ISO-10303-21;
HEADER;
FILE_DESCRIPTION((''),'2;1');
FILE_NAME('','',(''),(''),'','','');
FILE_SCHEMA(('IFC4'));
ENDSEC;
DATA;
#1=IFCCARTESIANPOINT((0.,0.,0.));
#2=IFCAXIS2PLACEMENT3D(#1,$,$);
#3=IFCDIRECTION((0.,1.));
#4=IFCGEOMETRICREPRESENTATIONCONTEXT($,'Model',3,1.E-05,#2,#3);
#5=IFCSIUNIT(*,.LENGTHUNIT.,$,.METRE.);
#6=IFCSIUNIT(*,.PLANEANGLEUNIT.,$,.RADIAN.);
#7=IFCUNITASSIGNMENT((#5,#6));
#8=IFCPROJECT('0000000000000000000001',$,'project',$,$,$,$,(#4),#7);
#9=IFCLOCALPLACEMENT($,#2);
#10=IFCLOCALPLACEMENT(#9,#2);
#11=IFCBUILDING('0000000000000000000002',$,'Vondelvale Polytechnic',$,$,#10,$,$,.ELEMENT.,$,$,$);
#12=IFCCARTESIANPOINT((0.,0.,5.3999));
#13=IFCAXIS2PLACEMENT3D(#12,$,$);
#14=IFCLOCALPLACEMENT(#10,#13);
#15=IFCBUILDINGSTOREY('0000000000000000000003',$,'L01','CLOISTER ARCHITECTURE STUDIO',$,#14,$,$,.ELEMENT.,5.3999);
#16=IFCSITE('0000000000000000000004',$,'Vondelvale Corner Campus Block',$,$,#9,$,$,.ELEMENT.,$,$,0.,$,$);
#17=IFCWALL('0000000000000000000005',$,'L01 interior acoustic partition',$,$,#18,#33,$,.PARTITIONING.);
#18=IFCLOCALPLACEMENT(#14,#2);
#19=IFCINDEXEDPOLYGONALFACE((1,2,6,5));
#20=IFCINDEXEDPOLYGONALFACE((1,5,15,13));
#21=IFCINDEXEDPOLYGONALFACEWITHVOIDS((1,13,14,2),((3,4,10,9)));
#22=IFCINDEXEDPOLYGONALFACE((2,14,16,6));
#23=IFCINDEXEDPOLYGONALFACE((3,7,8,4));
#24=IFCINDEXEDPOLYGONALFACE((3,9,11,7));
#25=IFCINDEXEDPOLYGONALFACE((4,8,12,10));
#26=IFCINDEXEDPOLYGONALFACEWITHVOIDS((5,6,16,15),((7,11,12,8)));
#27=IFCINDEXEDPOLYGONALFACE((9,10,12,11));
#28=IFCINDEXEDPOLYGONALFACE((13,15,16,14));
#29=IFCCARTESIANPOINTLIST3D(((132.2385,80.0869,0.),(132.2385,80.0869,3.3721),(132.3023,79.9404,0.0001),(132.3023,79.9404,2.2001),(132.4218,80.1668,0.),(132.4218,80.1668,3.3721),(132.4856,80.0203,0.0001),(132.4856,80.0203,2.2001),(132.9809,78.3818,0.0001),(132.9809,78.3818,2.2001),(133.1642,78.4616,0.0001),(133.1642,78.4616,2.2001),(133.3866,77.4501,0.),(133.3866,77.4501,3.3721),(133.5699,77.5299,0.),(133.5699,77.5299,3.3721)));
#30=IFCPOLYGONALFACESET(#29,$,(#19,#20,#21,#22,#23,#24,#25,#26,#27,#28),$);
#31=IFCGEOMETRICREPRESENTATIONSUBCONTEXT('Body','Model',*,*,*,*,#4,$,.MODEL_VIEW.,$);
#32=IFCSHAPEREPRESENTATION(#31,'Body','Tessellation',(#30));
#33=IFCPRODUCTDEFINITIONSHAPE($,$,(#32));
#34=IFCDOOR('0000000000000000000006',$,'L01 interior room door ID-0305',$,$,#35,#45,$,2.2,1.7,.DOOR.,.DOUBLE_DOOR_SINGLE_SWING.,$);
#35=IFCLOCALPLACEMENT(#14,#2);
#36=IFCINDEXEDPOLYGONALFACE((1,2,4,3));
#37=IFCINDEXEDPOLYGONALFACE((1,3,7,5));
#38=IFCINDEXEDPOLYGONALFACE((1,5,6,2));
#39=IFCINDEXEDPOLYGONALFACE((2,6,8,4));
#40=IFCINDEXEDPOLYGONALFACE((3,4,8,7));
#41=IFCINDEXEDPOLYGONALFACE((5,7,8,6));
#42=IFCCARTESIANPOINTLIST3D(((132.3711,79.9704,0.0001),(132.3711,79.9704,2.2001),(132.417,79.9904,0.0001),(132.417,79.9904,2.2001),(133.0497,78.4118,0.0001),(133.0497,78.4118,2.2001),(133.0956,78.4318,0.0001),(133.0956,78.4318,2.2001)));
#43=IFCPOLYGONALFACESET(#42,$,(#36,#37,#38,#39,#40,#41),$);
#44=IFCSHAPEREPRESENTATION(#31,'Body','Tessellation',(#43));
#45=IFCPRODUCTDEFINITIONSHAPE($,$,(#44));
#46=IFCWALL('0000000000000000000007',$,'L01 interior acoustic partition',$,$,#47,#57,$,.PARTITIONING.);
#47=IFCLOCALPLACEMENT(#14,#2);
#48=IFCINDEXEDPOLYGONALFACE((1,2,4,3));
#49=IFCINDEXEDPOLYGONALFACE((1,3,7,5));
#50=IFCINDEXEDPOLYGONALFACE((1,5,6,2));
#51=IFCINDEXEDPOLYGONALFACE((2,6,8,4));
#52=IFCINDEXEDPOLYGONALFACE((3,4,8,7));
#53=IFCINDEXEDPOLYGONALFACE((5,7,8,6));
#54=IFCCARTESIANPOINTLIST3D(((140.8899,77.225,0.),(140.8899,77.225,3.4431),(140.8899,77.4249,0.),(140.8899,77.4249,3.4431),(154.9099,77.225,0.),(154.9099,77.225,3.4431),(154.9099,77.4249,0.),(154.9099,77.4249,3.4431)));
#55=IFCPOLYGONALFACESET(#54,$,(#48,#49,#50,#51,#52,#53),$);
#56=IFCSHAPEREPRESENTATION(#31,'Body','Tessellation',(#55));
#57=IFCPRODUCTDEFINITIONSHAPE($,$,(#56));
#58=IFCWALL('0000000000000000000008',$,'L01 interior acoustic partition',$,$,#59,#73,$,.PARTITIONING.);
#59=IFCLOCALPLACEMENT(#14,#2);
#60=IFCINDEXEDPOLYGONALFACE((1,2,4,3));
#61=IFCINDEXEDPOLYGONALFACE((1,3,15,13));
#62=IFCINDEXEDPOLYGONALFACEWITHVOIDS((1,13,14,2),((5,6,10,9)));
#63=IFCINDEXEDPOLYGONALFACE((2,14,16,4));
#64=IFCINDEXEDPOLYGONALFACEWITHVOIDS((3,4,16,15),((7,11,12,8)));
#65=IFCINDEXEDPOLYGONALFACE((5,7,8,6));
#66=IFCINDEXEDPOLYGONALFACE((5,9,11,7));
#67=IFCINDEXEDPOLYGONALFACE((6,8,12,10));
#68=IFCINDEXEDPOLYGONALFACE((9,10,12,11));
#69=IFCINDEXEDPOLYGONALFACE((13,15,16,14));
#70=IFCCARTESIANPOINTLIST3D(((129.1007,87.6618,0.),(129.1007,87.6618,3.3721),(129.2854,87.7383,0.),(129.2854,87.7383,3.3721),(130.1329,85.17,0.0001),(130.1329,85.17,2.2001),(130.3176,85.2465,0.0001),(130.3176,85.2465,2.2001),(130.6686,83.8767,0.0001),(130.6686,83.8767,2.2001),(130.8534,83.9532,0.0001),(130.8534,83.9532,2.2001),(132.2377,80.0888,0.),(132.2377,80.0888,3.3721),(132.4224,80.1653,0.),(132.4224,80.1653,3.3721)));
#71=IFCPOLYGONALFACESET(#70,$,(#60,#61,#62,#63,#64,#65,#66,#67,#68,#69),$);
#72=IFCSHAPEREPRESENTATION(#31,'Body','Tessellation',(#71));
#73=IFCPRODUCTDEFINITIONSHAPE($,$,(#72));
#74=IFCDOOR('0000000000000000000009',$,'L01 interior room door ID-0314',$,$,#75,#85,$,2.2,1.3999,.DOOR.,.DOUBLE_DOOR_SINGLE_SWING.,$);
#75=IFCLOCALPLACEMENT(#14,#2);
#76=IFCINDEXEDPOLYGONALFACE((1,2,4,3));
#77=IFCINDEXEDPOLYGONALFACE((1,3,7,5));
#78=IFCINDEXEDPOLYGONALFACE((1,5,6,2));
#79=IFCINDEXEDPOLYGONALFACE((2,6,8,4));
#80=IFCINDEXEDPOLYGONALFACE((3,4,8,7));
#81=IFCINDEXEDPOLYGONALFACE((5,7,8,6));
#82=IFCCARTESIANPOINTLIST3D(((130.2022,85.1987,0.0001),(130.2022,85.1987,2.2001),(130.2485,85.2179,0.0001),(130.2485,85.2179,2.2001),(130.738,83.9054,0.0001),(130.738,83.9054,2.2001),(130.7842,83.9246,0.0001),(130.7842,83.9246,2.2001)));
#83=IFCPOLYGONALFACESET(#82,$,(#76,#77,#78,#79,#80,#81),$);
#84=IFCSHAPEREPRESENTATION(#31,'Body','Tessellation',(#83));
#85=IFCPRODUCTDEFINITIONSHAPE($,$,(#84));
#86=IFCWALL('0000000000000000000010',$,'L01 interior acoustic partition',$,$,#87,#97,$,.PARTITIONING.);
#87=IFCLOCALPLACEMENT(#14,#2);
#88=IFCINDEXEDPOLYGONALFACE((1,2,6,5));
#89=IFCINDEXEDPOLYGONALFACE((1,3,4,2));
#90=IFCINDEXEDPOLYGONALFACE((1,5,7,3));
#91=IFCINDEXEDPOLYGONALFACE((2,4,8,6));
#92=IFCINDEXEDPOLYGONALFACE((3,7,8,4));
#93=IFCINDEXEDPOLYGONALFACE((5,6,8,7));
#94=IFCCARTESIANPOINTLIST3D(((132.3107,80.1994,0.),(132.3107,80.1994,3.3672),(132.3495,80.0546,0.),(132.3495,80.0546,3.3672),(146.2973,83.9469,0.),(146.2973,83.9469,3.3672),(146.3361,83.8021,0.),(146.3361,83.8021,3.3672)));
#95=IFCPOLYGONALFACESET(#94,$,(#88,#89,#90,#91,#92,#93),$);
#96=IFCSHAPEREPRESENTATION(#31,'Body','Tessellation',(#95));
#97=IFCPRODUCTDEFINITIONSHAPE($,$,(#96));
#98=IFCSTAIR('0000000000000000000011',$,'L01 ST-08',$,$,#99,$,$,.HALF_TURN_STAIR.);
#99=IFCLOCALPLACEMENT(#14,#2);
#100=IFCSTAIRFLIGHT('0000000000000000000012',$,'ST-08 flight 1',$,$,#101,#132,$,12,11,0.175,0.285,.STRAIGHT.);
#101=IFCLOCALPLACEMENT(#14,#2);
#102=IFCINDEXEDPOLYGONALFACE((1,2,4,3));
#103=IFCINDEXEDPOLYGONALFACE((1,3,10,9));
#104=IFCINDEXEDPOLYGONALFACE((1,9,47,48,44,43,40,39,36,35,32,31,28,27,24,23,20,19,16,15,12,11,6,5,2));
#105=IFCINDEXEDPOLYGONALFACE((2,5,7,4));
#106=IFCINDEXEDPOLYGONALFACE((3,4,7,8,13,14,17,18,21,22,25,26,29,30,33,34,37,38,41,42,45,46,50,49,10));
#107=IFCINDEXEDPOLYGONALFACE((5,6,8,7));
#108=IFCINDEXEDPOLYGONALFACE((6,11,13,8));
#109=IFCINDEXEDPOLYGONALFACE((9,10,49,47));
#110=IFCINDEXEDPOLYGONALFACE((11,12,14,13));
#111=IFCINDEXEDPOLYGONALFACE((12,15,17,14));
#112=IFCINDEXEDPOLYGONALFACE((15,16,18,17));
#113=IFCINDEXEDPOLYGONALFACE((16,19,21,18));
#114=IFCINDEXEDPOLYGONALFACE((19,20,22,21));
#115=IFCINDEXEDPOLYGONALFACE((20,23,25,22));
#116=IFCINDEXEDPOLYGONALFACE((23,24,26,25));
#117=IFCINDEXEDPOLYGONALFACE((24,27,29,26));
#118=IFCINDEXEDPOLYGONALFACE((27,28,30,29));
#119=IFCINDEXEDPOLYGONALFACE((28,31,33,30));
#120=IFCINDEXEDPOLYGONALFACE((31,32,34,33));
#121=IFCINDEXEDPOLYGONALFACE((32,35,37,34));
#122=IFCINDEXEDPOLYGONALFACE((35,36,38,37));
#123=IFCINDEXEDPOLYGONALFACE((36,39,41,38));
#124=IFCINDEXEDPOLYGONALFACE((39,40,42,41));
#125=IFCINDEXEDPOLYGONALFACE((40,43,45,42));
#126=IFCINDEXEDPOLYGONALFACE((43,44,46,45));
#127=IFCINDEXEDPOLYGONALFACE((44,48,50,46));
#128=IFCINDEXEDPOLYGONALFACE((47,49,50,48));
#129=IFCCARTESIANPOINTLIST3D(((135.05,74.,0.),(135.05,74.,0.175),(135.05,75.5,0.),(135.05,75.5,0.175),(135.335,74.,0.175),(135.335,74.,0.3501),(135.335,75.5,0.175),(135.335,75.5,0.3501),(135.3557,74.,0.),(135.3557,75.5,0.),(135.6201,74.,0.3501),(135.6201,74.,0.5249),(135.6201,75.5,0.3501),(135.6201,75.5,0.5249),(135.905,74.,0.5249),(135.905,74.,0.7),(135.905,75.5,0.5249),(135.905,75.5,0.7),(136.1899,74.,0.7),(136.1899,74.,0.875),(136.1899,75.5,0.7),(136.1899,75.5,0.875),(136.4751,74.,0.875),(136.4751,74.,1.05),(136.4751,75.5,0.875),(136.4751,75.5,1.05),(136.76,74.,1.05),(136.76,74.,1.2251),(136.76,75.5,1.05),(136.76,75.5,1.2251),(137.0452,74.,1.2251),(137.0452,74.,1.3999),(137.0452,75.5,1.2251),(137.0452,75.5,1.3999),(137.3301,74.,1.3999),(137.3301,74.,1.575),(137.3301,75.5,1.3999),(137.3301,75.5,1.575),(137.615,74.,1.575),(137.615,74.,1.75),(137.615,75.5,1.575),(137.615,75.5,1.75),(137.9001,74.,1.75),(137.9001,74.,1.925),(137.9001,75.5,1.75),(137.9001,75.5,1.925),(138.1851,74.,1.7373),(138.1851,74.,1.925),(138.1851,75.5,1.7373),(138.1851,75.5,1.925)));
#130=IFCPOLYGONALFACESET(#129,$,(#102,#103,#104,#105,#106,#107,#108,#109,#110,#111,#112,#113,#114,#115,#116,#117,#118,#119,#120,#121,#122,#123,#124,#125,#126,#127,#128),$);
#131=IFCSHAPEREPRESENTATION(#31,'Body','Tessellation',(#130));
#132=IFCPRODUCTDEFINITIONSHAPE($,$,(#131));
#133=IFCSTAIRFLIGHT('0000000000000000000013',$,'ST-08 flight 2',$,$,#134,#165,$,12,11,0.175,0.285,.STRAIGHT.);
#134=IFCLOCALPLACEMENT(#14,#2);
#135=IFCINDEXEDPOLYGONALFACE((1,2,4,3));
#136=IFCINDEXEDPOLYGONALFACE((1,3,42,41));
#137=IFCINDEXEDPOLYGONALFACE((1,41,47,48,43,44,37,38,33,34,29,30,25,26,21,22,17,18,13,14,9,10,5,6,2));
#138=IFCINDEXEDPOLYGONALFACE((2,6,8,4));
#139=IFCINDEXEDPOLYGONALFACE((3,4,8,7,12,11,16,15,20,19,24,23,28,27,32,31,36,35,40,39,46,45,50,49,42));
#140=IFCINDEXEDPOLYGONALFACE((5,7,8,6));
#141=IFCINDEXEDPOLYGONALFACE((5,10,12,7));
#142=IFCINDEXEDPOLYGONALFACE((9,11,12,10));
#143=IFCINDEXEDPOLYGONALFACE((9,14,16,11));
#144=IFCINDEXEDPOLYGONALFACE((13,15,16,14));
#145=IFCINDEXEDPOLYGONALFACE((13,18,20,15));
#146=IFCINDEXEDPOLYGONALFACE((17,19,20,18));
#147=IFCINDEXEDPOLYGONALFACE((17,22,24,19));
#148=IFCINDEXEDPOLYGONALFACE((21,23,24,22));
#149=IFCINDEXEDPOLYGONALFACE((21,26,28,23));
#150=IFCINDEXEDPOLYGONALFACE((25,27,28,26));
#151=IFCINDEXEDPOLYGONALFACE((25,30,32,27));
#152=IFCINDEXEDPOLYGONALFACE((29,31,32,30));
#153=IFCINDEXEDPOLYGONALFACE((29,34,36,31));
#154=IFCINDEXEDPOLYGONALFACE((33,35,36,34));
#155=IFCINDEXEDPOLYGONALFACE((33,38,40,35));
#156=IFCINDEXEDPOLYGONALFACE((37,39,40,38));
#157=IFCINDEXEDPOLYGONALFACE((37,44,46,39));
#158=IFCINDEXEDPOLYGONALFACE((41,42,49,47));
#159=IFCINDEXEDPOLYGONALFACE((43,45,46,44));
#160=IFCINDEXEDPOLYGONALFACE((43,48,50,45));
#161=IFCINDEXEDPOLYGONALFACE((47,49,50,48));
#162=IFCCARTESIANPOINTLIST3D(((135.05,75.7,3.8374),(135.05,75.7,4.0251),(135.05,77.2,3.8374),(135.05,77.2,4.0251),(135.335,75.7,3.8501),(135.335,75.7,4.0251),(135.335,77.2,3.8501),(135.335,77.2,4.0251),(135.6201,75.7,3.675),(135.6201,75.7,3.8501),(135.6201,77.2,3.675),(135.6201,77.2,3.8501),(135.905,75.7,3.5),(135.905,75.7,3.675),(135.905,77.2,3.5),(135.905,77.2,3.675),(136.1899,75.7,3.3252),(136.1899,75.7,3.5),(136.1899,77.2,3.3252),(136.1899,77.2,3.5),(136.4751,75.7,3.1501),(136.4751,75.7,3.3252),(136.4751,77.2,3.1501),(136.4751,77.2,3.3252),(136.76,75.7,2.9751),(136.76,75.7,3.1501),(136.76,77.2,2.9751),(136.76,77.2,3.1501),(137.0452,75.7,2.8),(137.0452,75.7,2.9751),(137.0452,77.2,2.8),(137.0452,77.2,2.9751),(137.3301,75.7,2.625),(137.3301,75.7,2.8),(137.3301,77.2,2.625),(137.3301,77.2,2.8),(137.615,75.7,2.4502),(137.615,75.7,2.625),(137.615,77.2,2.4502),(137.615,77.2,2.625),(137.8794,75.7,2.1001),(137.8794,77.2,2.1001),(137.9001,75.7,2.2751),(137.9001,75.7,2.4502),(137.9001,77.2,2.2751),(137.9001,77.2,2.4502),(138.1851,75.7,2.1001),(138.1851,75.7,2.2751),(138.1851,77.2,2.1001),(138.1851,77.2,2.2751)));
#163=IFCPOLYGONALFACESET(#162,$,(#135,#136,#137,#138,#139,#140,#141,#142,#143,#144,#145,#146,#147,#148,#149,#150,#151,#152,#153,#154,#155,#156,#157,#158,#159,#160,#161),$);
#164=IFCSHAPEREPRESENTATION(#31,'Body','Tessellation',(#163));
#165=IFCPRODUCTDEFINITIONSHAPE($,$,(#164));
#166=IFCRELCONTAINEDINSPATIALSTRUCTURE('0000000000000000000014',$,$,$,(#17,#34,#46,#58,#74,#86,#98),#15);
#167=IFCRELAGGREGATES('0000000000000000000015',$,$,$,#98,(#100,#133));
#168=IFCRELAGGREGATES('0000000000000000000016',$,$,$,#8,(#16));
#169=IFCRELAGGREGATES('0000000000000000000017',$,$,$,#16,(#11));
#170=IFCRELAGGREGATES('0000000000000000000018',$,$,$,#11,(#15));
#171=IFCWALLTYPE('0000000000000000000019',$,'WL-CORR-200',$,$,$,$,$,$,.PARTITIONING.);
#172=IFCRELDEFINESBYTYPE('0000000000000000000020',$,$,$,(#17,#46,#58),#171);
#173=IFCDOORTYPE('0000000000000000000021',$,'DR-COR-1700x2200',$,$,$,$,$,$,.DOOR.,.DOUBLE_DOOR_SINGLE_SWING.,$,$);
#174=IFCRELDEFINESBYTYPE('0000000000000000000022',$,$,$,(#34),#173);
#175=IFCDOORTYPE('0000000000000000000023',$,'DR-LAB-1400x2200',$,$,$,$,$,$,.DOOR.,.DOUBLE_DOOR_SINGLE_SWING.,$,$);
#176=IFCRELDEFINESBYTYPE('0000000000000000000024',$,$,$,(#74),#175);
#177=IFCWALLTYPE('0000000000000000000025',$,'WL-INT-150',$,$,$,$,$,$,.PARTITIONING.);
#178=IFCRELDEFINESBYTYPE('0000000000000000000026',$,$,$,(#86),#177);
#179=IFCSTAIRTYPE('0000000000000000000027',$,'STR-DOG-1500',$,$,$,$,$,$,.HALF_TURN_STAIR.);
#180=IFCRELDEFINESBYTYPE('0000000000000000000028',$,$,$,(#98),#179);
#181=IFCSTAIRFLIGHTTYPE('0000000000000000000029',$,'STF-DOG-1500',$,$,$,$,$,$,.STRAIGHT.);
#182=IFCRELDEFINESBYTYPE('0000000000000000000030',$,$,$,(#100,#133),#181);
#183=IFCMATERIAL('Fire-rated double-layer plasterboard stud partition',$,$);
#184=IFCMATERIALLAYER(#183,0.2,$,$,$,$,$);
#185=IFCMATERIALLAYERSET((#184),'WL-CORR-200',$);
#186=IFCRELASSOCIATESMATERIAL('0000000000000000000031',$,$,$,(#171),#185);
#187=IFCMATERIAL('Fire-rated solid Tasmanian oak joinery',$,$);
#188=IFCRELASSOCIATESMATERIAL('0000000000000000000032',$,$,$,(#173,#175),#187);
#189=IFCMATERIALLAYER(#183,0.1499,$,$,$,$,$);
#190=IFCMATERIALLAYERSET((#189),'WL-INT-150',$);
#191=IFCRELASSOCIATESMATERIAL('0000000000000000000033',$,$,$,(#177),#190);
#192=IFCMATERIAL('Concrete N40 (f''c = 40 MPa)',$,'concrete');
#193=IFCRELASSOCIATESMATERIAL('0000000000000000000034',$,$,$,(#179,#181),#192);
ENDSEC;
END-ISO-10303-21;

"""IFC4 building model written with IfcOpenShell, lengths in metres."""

from ifc_helpers import new_model, si_unit, direction, frame, frame_2d, origin, place, context, subcontext, project, spatial, polyline, rectangle, outline, extrude, material, layer, layer_set, type_object, element, fill, aggregate, save


model = new_model("IFC4")

# Units and contexts
model_context = context("Model", 3, precision=1e-05, world=origin(), true_north=direction((0.0, 1.0)))
body_context = subcontext(model_context, "Body", "Model", "MODEL_VIEW")
ifc_project = project(units=[si_unit("LENGTHUNIT", "METRE"), si_unit("PLANEANGLEUNIT", "RADIAN")], contexts=[model_context])

# Site, building, storey
site_placement = place(None, origin())
site = spatial("IfcSite", under=ifc_project, at=site_placement, Name="Vondelvale Corner Campus Block", CompositionType="ELEMENT", RefElevation=0.0)
building_placement = place(site_placement, origin())
building = spatial("IfcBuilding", under=site, at=building_placement, Name="Vondelvale Polytechnic", CompositionType="ELEMENT")
storey_placement = place(building_placement, frame((0.0, 0.0, 5.3999)))
storey = spatial("IfcBuildingStorey", under=building, at=storey_placement, Name="L01", Description="CLOISTER ARCHITECTURE STUDIO", CompositionType="ELEMENT", Elevation=5.3999)

# Shared definitions
ifc_material_1 = material(Name="Concrete N40 (f'c = 40 MPa)", Category="concrete")

# Wall, opening, door
ifc_material_2 = material(Name="Fire-rated double-layer plasterboard stud partition")
ifc_layer_1 = layer(ifc_material_2, 0.2)
ifc_layer_set_1 = layer_set([ifc_layer_1], Name="WL-CORR-200")
wall_type_1 = type_object("IfcWallType", Name="WL-CORR-200", PredefinedType="PARTITIONING", material=ifc_layer_set_1)
ifc_material_3 = material(Name="Fire-rated solid Tasmanian oak joinery")
wall_1_placement = place(storey_placement, frame((133.4783, 77.49, 0.0), z_axis=(0.0, 0.0, 1.0), x_axis=(-0.39922, 0.916855, 0.0)))
wall_1 = element("IfcWall", 1, at=wall_1_placement, inside=storey, type_object=wall_type_1, Name="L01 interior acoustic partition", PredefinedType="PARTITIONING", context=body_context, shape_type="SweptSolid", body=[
    extrude(rectangle(XDim=2.876, YDim=0.2, at=frame_2d((1.438, 0.0))), origin(), (0.0, 0.0, 1.0), 3.3721),
])
opening_1_placement = place(wall_1_placement, frame((1.0161, 0.0, 0.0)))
opening_1 = element("IfcOpeningElement", 2, at=opening_1_placement, cuts=wall_1, PredefinedType="OPENING", context=body_context, shape_type="SweptSolid", body=[
    extrude(rectangle(XDim=1.7, YDim=2.2, at=frame_2d((0.8501, 1.1001))), frame((0.0, 0.1099, 0.0), z_axis=(0.0, -1.0, 0.0), x_axis=(1.0, 0.0, 0.0)), (0.0, 0.0, 1.0), 0.22),
])
door_type_1 = type_object("IfcDoorType", Name="DR-COR-1700x2200", OperationType="DOUBLE_DOOR_SINGLE_SWING", PredefinedType="DOOR", material=ifc_material_3)
door_1_placement = place(opening_1_placement, origin())
door_1 = element("IfcDoor", 3, at=door_1_placement, inside=storey, type_object=door_type_1, Name="L01 interior room door ID-0305", OperationType="DOUBLE_DOOR_SINGLE_SWING", OverallHeight=2.2, OverallWidth=1.7, PredefinedType="DOOR", context=body_context, shape_type="SweptSolid", body=[
    extrude(rectangle(XDim=1.7, YDim=2.2, at=frame_2d((0.8501, 1.1001))), frame((0.0, 0.0249, 0.0), z_axis=(0.0, -1.0, 0.0), x_axis=(1.0, 0.0, 0.0)), (0.0, 0.0, 1.0), 0.05),
])
fill(opening_1, door_1)

# Wall
wall_2_placement = place(storey_placement, frame((140.8899, 77.325, 0.0), z_axis=(0.0, 0.0, 1.0), x_axis=(1.0, 0.0, 0.0)))
element("IfcWall", 4, at=wall_2_placement, inside=storey, type_object=wall_type_1, Name="L01 interior acoustic partition", PredefinedType="PARTITIONING", context=body_context, shape_type="SweptSolid", body=[
    extrude(rectangle(XDim=14.02, YDim=0.2, at=frame_2d((7.01, 0.0))), origin(), (0.0, 0.0, 1.0), 3.4431),
])

# Wall, opening, door
wall_3_placement = place(storey_placement, frame((132.3301, 80.127, 0.0), z_axis=(0.0, 0.0, 1.0), x_axis=(-0.382696, 0.923874, 0.0)))
wall_3 = element("IfcWall", 5, at=wall_3_placement, inside=storey, type_object=wall_type_1, Name="L01 interior acoustic partition", PredefinedType="PARTITIONING", context=body_context, shape_type="SweptSolid", body=[
    extrude(rectangle(XDim=8.197, YDim=0.2, at=frame_2d((4.0986, 0.0))), origin(), (0.0, 0.0, 1.0), 3.3721),
])
opening_2_placement = place(wall_3_placement, frame((4.1001, 0.0, 0.0)))
opening_2 = element("IfcOpeningElement", 6, at=opening_2_placement, cuts=wall_3, PredefinedType="OPENING", context=body_context, shape_type="SweptSolid", body=[
    extrude(rectangle(XDim=1.3999, YDim=2.2, at=frame_2d((0.7, 1.1001))), frame((0.0, 0.1099, 0.0), z_axis=(0.0, -1.0, 0.0), x_axis=(1.0, 0.0, 0.0)), (0.0, 0.0, 1.0), 0.22),
])
door_type_2 = type_object("IfcDoorType", Name="DR-LAB-1400x2200", OperationType="DOUBLE_DOOR_SINGLE_SWING", PredefinedType="DOOR", material=ifc_material_3)
door_2_placement = place(opening_2_placement, origin())
door_2 = element("IfcDoor", 7, at=door_2_placement, inside=storey, type_object=door_type_2, Name="L01 interior room door ID-0314", OperationType="DOUBLE_DOOR_SINGLE_SWING", OverallHeight=2.2, OverallWidth=1.3999, PredefinedType="DOOR", context=body_context, shape_type="SweptSolid", body=[
    extrude(rectangle(XDim=1.3999, YDim=2.2, at=frame_2d((0.7, 1.1001))), frame((0.0, 0.0249, 0.0), z_axis=(0.0, -1.0, 0.0), x_axis=(1.0, 0.0, 0.0)), (0.0, 0.0, 1.0), 0.05),
])
fill(opening_2, door_2)

# Wall
ifc_layer_2 = layer(ifc_material_2, 0.1499)
ifc_layer_set_2 = layer_set([ifc_layer_2], Name="WL-INT-150")
wall_type_2 = type_object("IfcWallType", Name="WL-INT-150", PredefinedType="PARTITIONING", material=ifc_layer_set_2)
wall_4_placement = place(storey_placement, frame((132.3301, 80.127, 0.0), z_axis=(0.0, 0.0, 1.0), x_axis=(0.965928, 0.258811, 0.0)))
element("IfcWall", 8, at=wall_4_placement, inside=storey, type_object=wall_type_2, Name="L01 interior acoustic partition", PredefinedType="PARTITIONING", context=body_context, shape_type="SweptSolid", body=[
    extrude(rectangle(XDim=14.48, YDim=0.1499, at=frame_2d((7.24, 0.0))), origin(), (0.0, 0.0, 1.0), 3.3672),
])

# Stair, stair flights
stair_type = type_object("IfcStairType", Name="STR-DOG-1500", PredefinedType="HALF_TURN_STAIR", material=ifc_material_1)
stair_placement = place(storey_placement, origin())
stair = element("IfcStair", 9, at=stair_placement, inside=storey, type_object=stair_type, Name="L01 ST-08", PredefinedType="HALF_TURN_STAIR")
stair_flight_type = type_object("IfcStairFlightType", Name="STF-DOG-1500", PredefinedType="STRAIGHT", material=ifc_material_1)
stair_flight_1_placement = place(storey_placement, frame((135.05, 74.75, 0.0), z_axis=(0.0, 0.0, 1.0), x_axis=(1.0, 0.0, 0.0)))
stair_flight_1 = element("IfcStairFlight", 10, at=stair_flight_1_placement, type_object=stair_flight_type, Name="ST-08 flight 1", NumberOfRisers=12, NumberOfTreads=11, PredefinedType="STRAIGHT", RiserHeight=0.175, TreadLength=0.285, context=body_context, shape_type="SweptSolid", body=[
    extrude(outline(polyline([(0.0, 0.0), (0.0, 0.175), (0.2849, 0.175), (0.2849, 0.3501), (0.5701, 0.3501), (0.5701, 0.5249), (0.855, 0.5249), (0.855, 0.7), (1.1399, 0.7), (1.1399, 0.875), (1.425, 0.875), (1.425, 1.05), (1.71, 1.05), (1.71, 1.2251), (1.9951, 1.2251), (1.9951, 1.3999), (2.28, 1.3999), (2.28, 1.575), (2.5649, 1.575), (2.5649, 1.75), (2.8501, 1.75), (2.8501, 1.925), (3.135, 1.925), (3.135, 2.1001), (3.135, 1.7373), (0.3057, 0.0), (0.0, 0.0)])), frame((0.0, 0.75, 0.0), z_axis=(0.0, -1.0, 0.0), x_axis=(1.0, 0.0, 0.0)), (0.0, 0.0, 1.0), 1.5),
])
stair_flight_2_placement = place(storey_placement, frame((138.1851, 76.45, 2.1001), z_axis=(0.0, 0.0, 1.0), x_axis=(-1.0, 0.0, 0.0)))
stair_flight_2 = element("IfcStairFlight", 11, at=stair_flight_2_placement, type_object=stair_flight_type, Name="ST-08 flight 2", NumberOfRisers=12, NumberOfTreads=11, PredefinedType="STRAIGHT", RiserHeight=0.175, TreadLength=0.285, context=body_context, shape_type="SweptSolid", body=[
    extrude(outline(polyline([(0.0, 0.0), (0.0, 0.175), (0.2849, 0.175), (0.2849, 0.3501), (0.5701, 0.3501), (0.5701, 0.5249), (0.855, 0.5249), (0.855, 0.7), (1.1399, 0.7), (1.1399, 0.875), (1.425, 0.875), (1.425, 1.05), (1.71, 1.05), (1.71, 1.2251), (1.9951, 1.2251), (1.9951, 1.3999), (2.28, 1.3999), (2.28, 1.575), (2.5649, 1.575), (2.5649, 1.75), (2.8501, 1.75), (2.8501, 1.925), (3.135, 1.925), (3.135, 2.1001), (3.135, 1.7373), (0.3057, 0.0), (0.0, 0.0)])), frame((0.0, 0.75, 0.0), z_axis=(0.0, -1.0, 0.0), x_axis=(1.0, 0.0, 0.0)), (0.0, 0.0, 1.0), 1.5),
])
aggregate(stair, [stair_flight_1, stair_flight_2])

save(model, "model.ifc")
